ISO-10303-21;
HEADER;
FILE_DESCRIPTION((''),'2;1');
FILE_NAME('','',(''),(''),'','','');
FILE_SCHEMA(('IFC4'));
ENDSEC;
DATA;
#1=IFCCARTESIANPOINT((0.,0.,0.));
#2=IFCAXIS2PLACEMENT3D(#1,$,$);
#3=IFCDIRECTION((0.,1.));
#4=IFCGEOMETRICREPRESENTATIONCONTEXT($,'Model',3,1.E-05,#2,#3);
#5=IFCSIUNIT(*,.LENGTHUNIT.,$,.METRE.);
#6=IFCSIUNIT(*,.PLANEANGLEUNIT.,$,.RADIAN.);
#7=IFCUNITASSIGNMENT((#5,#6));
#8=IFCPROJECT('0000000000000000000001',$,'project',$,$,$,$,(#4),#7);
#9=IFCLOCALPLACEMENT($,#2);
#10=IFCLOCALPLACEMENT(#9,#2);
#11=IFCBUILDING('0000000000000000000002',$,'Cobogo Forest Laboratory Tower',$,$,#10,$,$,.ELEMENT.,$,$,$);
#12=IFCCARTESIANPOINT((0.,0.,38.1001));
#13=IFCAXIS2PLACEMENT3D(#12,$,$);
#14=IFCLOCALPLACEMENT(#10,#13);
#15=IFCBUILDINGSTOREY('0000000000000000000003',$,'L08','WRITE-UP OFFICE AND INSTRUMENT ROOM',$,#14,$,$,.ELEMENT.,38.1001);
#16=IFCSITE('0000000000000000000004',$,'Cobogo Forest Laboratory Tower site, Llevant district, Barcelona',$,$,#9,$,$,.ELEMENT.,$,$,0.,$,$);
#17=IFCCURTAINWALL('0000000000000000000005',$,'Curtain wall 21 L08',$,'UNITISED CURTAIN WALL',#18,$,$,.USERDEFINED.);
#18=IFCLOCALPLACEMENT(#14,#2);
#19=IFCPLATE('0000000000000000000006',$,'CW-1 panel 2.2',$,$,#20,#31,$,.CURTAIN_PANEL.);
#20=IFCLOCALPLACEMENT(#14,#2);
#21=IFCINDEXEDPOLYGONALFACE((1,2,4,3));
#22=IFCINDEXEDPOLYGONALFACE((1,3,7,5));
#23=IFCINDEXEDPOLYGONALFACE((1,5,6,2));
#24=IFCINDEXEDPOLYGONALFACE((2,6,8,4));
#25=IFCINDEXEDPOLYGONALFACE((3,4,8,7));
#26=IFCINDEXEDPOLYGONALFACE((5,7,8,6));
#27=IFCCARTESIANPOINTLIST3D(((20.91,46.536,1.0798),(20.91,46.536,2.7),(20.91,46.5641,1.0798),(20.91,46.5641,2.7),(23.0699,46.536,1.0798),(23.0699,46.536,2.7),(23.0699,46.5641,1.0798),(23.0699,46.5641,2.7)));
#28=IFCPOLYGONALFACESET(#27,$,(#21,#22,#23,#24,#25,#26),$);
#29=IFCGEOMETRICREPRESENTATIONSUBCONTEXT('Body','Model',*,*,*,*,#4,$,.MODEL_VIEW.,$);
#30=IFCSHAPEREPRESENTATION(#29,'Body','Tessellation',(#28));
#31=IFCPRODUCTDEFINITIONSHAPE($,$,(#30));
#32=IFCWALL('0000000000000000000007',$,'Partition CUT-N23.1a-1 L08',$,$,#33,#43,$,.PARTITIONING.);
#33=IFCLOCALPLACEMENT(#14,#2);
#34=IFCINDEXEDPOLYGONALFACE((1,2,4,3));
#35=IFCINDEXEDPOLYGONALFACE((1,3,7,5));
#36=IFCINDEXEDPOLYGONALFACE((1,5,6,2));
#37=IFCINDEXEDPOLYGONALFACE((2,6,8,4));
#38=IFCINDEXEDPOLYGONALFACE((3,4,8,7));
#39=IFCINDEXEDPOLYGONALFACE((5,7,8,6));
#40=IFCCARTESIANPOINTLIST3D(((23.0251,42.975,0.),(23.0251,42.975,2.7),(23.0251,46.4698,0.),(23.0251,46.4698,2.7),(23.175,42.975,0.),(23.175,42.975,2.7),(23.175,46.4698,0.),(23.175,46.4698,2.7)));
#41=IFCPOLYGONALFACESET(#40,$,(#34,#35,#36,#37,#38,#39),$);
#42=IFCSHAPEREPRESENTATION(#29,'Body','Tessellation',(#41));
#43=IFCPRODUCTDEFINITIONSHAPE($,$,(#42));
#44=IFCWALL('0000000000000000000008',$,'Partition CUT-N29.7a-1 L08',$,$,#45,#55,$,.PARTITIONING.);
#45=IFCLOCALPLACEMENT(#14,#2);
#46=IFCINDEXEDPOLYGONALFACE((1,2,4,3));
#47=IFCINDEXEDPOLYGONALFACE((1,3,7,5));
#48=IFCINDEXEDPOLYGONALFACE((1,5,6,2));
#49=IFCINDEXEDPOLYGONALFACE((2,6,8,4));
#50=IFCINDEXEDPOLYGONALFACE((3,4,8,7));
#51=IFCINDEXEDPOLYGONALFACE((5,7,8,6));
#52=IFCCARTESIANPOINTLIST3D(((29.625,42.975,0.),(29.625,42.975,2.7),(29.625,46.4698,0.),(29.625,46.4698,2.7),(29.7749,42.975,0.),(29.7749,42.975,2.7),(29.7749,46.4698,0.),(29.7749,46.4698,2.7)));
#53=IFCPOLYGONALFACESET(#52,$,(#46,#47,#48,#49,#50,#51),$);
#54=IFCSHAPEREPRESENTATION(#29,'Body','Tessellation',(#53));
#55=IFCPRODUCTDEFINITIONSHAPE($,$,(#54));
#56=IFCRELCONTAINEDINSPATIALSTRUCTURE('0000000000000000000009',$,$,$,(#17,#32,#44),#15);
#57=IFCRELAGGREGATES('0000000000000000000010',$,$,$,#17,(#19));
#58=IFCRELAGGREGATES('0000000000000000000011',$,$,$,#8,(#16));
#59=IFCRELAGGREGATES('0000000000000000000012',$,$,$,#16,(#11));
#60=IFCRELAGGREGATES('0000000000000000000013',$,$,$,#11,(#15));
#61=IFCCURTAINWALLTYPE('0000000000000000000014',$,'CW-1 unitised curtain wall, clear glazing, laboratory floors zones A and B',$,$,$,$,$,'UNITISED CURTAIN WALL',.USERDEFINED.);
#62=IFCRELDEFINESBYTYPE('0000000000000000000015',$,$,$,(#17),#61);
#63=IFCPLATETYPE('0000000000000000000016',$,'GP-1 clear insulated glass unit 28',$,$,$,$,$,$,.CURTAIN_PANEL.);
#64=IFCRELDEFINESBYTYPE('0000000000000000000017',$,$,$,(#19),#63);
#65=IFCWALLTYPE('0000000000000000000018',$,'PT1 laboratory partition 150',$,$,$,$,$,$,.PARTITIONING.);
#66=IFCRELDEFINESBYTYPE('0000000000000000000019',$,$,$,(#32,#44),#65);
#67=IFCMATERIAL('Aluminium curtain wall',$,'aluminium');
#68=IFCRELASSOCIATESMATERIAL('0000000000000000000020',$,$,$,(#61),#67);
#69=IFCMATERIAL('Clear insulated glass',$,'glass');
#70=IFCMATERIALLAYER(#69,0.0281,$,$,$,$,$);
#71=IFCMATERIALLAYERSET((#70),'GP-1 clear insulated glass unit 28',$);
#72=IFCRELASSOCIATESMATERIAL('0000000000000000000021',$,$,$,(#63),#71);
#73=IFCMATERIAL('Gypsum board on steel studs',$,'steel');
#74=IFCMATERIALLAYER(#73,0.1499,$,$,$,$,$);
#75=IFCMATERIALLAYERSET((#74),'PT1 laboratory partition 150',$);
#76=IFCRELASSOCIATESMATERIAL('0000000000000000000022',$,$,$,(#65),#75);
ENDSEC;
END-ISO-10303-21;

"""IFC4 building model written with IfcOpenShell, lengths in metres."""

from ifc_helpers import new_model, si_unit, direction, frame, frame_2d, origin, origin_2d, place, context, subcontext, project, spatial, rectangle, extrude, material, layer, layer_set, type_object, element, aggregate, save


model = new_model("IFC4")

# Units and contexts
model_context = context("Model", 3, precision=1e-05, world=origin(), true_north=direction((0.0, 1.0)))
body_context = subcontext(model_context, "Body", "Model", "MODEL_VIEW")
ifc_project = project(units=[si_unit("LENGTHUNIT", "METRE"), si_unit("PLANEANGLEUNIT", "RADIAN")], contexts=[model_context])

# Site, building, storey
site_placement = place(None, origin())
site = spatial("IfcSite", under=ifc_project, at=site_placement, Name="Cobogo Forest Laboratory Tower site, Llevant district, Barcelona", CompositionType="ELEMENT", RefElevation=0.0)
building_placement = place(site_placement, origin())
building = spatial("IfcBuilding", under=site, at=building_placement, Name="Cobogo Forest Laboratory Tower", CompositionType="ELEMENT")
storey_placement = place(building_placement, frame((0.0, 0.0, 38.1001)))
storey = spatial("IfcBuildingStorey", under=building, at=storey_placement, Name="L08", Description="WRITE-UP OFFICE AND INSTRUMENT ROOM", CompositionType="ELEMENT", Elevation=38.1001)

# Shared definitions
ifc_material_1 = material(Name="Aluminium curtain wall", Category="aluminium")
curtain_wall_type = type_object("IfcCurtainWallType", Name="CW-1 unitised curtain wall, clear glazing, laboratory floors zones A and B", ElementType="UNITISED CURTAIN WALL", PredefinedType="USERDEFINED", material=ifc_material_1)

# Curtain wall
curtain_wall_1_placement = place(storey_placement, origin())
curtain_wall_1 = element("IfcCurtainWall", 1, at=curtain_wall_1_placement, inside=storey, type_object=curtain_wall_type, Name="Curtain wall 21 L08", ObjectType="UNITISED CURTAIN WALL", PredefinedType="USERDEFINED")

# Plate
ifc_material_2 = material(Name="Clear insulated glass", Category="glass")
ifc_layer_1 = layer(ifc_material_2, 0.0281)
ifc_layer_set_1 = layer_set([ifc_layer_1], Name="GP-1 clear insulated glass unit 28")
plate_type_1 = type_object("IfcPlateType", Name="GP-1 clear insulated glass unit 28", PredefinedType="CURTAIN_PANEL", material=ifc_layer_set_1)
plate_1_placement = place(storey_placement, frame((21.99, 46.55, 1.0798), z_axis=(0.0, 0.0, 1.0), x_axis=(-1.0, 0.0, 0.0)))
plate_1 = element("IfcPlate", 2, at=plate_1_placement, type_object=plate_type_1, Name="CW-1 panel 2.2", PredefinedType="CURTAIN_PANEL", context=body_context, shape_type="SweptSolid", body=[
    extrude(rectangle(XDim=2.1599, YDim=0.0281, at=origin_2d()), origin(), (0.0, 0.0, 1.0), 1.6201),
])
aggregate(curtain_wall_1, [plate_1])

# Walls
ifc_material_3 = material(Name="Gypsum board on steel studs", Category="steel")
ifc_layer_2 = layer(ifc_material_3, 0.1499)
ifc_layer_set_2 = layer_set([ifc_layer_2], Name="PT1 laboratory partition 150")
wall_type = type_object("IfcWallType", Name="PT1 laboratory partition 150", PredefinedType="PARTITIONING", material=ifc_layer_set_2)
for number, where, z_axis, x_axis, name in (
    (3, (23.1001, 46.47, 0.0), (0.0, 0.0, 1.0), (0.0, -1.0, 0.0), "Partition CUT-N23.1a-1 L08"),
    (4, (29.7, 46.47, 0.0), (0.0, 0.0, 1.0), (0.0, -1.0, 0.0), "Partition CUT-N29.7a-1 L08"),
):
    element("IfcWall", number, at=place(storey_placement, frame(where, z_axis=z_axis, x_axis=x_axis)), inside=storey, type_object=wall_type, Name=name, PredefinedType="PARTITIONING", context=body_context, shape_type="SweptSolid", body=[
        extrude(rectangle(XDim=3.4949, YDim=0.1499, at=frame_2d((1.7476, 0.0))), origin(), (0.0, 0.0, 1.0), 2.7),
    ])

save(model, "model.ifc")
